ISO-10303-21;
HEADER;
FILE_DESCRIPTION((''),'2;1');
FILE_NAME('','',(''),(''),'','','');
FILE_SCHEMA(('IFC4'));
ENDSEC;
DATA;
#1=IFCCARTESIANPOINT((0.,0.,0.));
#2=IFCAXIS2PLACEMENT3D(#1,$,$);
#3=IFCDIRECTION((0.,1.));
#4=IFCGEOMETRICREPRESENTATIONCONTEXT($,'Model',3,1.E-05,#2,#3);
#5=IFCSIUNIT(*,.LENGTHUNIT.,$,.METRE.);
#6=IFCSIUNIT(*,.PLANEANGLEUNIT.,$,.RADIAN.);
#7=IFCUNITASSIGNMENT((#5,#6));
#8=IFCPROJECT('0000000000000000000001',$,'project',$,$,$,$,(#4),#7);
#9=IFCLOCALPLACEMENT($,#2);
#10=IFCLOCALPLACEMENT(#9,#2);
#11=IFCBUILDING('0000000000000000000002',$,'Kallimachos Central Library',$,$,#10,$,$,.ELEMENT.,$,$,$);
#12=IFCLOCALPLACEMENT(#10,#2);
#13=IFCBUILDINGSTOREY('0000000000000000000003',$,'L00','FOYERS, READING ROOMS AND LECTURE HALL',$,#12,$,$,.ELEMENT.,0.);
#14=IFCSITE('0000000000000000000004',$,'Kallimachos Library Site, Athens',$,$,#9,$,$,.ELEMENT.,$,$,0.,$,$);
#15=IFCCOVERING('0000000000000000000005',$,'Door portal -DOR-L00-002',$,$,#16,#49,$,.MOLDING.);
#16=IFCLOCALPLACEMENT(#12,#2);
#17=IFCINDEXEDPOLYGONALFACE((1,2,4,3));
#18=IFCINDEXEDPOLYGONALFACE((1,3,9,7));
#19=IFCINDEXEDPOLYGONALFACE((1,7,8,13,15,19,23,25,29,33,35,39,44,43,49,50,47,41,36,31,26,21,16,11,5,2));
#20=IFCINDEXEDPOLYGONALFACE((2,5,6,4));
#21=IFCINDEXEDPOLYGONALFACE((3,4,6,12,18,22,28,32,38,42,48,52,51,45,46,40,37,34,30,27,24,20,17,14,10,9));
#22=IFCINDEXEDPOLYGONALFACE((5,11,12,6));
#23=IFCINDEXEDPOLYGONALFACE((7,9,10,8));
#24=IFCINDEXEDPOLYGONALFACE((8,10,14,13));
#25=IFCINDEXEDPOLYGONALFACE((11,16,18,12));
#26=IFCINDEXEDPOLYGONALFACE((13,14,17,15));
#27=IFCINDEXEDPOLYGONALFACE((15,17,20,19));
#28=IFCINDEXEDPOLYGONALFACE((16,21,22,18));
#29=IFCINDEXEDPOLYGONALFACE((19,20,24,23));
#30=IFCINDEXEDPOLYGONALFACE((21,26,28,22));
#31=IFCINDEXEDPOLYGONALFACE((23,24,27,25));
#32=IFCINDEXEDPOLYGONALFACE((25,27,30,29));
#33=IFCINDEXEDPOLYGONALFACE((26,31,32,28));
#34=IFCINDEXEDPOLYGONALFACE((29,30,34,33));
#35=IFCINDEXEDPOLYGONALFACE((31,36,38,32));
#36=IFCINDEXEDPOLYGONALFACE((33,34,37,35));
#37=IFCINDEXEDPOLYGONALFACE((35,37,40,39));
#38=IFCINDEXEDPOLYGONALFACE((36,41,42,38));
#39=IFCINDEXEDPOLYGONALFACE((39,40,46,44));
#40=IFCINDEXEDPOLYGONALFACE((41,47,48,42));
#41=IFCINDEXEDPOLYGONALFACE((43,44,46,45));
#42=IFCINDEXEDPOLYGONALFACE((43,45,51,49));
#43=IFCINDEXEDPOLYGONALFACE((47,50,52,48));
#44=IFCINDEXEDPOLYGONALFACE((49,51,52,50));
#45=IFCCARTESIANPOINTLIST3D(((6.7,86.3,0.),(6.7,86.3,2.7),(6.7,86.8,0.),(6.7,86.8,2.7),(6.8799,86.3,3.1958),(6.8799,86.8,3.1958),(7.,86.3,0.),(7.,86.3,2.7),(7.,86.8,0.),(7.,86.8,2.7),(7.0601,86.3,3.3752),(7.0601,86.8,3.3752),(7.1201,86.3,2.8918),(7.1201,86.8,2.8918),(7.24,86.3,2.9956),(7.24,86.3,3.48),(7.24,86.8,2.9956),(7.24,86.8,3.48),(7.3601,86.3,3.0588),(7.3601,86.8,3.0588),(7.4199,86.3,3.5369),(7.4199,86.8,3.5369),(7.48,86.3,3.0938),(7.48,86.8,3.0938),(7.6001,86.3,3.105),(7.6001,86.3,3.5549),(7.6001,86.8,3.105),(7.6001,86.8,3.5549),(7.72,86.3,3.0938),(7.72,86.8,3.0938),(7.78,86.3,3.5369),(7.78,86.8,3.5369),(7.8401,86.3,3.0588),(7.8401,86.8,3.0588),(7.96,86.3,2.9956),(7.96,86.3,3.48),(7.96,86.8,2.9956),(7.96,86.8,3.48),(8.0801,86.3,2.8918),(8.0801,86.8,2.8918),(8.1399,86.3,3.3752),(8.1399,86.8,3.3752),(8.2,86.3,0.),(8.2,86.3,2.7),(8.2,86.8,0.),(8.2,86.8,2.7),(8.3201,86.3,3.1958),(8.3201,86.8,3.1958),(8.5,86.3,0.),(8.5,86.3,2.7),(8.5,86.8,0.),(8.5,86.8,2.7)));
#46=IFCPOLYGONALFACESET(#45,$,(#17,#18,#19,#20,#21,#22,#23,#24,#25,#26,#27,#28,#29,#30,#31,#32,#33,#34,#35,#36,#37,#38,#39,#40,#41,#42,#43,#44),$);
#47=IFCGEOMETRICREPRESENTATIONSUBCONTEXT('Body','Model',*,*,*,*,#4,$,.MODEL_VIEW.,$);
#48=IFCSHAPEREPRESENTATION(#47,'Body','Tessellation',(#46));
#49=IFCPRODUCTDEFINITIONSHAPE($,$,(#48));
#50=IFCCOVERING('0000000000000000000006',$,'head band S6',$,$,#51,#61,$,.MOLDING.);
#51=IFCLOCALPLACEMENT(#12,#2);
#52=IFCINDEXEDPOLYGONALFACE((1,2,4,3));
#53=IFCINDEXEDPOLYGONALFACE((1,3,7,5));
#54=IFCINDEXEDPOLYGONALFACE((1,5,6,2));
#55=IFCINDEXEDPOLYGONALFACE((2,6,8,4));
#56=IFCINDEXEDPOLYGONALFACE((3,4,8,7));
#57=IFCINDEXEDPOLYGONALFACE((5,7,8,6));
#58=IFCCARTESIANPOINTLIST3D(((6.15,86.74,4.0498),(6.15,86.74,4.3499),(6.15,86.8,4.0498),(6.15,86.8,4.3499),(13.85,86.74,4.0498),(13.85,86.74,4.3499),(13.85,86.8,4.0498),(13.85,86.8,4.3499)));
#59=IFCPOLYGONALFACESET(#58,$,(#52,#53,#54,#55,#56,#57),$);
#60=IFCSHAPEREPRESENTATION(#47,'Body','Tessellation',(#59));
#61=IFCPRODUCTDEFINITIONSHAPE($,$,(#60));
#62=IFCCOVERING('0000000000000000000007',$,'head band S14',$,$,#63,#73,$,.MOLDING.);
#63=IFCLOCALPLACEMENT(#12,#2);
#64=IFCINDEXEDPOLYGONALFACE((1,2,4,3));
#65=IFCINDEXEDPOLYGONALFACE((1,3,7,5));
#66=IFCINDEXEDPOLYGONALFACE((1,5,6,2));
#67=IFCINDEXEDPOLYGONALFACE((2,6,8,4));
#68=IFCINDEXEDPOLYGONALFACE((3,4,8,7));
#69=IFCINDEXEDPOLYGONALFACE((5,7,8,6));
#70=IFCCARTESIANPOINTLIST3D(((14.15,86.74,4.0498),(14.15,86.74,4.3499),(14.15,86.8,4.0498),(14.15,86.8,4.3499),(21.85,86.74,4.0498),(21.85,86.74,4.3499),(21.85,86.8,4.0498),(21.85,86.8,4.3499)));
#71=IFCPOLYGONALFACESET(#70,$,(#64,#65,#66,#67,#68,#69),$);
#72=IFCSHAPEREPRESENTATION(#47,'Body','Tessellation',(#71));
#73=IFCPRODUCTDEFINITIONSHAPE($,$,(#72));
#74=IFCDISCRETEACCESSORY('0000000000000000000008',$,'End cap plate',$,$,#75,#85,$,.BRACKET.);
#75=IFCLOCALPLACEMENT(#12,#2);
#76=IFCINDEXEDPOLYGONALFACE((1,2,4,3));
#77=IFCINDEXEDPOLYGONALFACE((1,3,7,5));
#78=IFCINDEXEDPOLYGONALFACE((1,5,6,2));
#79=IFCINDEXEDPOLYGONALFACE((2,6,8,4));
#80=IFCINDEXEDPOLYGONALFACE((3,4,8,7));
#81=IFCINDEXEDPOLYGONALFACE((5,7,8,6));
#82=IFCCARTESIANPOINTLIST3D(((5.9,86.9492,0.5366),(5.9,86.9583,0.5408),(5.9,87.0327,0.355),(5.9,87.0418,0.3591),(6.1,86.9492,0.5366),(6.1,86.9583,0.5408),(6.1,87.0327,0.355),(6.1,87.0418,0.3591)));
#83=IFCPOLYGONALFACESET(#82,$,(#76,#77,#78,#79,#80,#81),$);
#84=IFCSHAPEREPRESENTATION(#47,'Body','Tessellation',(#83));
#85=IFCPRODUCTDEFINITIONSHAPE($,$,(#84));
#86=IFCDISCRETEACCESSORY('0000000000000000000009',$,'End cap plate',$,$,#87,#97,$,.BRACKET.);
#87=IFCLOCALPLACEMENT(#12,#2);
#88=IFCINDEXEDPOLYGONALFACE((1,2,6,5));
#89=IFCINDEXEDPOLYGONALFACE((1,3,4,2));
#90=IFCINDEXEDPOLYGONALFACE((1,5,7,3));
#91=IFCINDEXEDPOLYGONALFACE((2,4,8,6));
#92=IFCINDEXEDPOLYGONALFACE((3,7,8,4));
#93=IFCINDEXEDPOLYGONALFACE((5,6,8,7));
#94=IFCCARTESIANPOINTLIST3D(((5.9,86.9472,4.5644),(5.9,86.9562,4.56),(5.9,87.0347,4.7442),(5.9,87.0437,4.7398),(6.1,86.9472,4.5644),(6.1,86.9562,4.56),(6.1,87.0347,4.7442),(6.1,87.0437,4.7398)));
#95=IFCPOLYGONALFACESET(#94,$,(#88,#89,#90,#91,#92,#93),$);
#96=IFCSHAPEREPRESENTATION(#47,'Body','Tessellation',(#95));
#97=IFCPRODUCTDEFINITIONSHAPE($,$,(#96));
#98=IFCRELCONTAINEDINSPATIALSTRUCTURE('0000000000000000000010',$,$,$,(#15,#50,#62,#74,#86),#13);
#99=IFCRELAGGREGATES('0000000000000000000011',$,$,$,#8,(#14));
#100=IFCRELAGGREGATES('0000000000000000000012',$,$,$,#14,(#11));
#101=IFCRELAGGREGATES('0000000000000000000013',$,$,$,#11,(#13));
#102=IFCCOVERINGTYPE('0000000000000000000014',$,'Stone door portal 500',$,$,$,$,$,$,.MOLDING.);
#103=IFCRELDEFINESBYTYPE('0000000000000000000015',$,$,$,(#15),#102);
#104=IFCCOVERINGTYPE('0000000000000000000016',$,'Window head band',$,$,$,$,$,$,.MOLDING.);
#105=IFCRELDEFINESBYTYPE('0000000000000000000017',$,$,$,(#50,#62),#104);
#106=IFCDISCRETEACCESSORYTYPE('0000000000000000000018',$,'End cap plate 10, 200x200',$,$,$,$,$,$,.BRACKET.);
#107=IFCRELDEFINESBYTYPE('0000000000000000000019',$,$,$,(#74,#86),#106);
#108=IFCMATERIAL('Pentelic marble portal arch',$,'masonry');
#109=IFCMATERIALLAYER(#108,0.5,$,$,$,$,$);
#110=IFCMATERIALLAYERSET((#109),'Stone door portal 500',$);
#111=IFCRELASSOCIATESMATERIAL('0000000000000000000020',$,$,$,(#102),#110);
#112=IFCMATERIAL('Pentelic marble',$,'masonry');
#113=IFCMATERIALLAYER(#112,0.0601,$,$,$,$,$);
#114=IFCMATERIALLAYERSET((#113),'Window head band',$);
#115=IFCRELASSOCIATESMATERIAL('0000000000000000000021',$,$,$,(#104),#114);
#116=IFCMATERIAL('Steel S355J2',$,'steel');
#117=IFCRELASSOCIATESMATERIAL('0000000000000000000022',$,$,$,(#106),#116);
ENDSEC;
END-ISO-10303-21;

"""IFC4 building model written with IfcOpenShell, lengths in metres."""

from ifc_helpers import new_model, si_unit, direction, frame, origin, origin_2d, place, context, subcontext, project, spatial, polyline, rectangle, outline, extrude, material, layer, layer_set, material_profile, profile_set, type_object, element, save


model = new_model("IFC4")

# Units and contexts
model_context = context("Model", 3, precision=1e-05, world=origin(), true_north=direction((0.0, 1.0)))
body_context = subcontext(model_context, "Body", "Model", "MODEL_VIEW")
ifc_project = project(units=[si_unit("LENGTHUNIT", "METRE"), si_unit("PLANEANGLEUNIT", "RADIAN")], contexts=[model_context])

# Site, building, storey
site_placement = place(None, origin())
site = spatial("IfcSite", under=ifc_project, at=site_placement, Name="Kallimachos Library Site, Athens", CompositionType="ELEMENT", RefElevation=0.0)
building_placement = place(site_placement, origin())
building = spatial("IfcBuilding", under=site, at=building_placement, Name="Kallimachos Central Library", CompositionType="ELEMENT")
storey_placement = place(building_placement, origin())
storey = spatial("IfcBuildingStorey", under=building, at=storey_placement, Name="L00", Description="FOYERS, READING ROOMS AND LECTURE HALL", CompositionType="ELEMENT", Elevation=0.0)

# Coverings
ifc_material_1 = material(Name="Pentelic marble portal arch", Category="masonry")
ifc_layer_1 = layer(ifc_material_1, 0.5)
ifc_layer_set_1 = layer_set([ifc_layer_1], Name="Stone door portal 500")
covering_type_1 = type_object("IfcCoveringType", Name="Stone door portal 500", PredefinedType="MOLDING", material=ifc_layer_set_1)
covering_1_placement = place(storey_placement, frame((7.0, 86.3, 0.0), z_axis=(0.0, -1.0, 0.0), x_axis=(0.0, 0.0, 1.0)))
element("IfcCovering", 1, at=covering_1_placement, inside=storey, type_object=covering_type_1, Name="Door portal -DOR-L00-002", PredefinedType="MOLDING", context=body_context, shape_type="SweptSolid", body=[
    extrude(outline(polyline([(0.0, 0.0), (2.7, 0.0), (2.8918, -0.1201), (2.9956, -0.24), (3.0588, -0.3601), (3.0938, -0.48), (3.105, -0.6001), (3.0938, -0.72), (3.0588, -0.8401), (2.9956, -0.96), (2.8918, -1.0801), (2.7, -1.2), (0.0, -1.2), (0.0, -1.5), (2.7, -1.5), (3.1958, -1.3201), (3.3752, -1.1399), (3.48, -0.96), (3.5369, -0.78), (3.5549, -0.6001), (3.5369, -0.4199), (3.48, -0.24), (3.3752, -0.0601), (3.1958, 0.1201), (2.7, 0.3), (0.0, 0.3), (0.0, 0.0)])), origin(), (0.0, 0.0, -1.0), 0.5),
])
ifc_material_2 = material(Name="Pentelic marble", Category="masonry")
ifc_layer_2 = layer(ifc_material_2, 0.0601)
ifc_layer_set_2 = layer_set([ifc_layer_2], Name="Window head band")
covering_type_2 = type_object("IfcCoveringType", Name="Window head band", PredefinedType="MOLDING", material=ifc_layer_set_2)
for number, where, z_axis, x_axis, name in (
    (2, (10.0, 86.77, 4.0498), (0.0, 0.0, 1.0), (1.0, 0.0, 0.0), "head band S6"),
    (3, (18.0, 86.77, 4.0498), (0.0, 0.0, 1.0), (1.0, 0.0, 0.0), "head band S14"),
):
    element("IfcCovering", number, at=place(storey_placement, frame(where, z_axis=z_axis, x_axis=x_axis)), inside=storey, type_object=covering_type_2, Name=name, PredefinedType="MOLDING", context=body_context, shape_type="SweptSolid", body=[
        extrude(rectangle(XDim=7.7, YDim=0.0601, at=origin_2d()), origin(), (0.0, 0.0, 1.0), 0.3),
    ])

# Discrete accessories
ifc_material_3 = material(Name="Steel S355J2", Category="steel")
ifc_material_profile_1 = material_profile(ifc_material_3, rectangle(XDim=0.2, YDim=0.2, at=origin_2d()), Name="End cap plate 10, 200x200")
ifc_profile_set_1 = profile_set([ifc_material_profile_1], Name="Steel S355J2")
discrete_accessory_type = type_object("IfcDiscreteAccessoryType", Name="End cap plate 10, 200x200", PredefinedType="BRACKET", material=ifc_profile_set_1)
for number, where, z_axis, x_axis, name in (
    (4, (6.0, 86.991, 0.4458), (0.0, 0.908677, 0.4175), (-1.0, 0.0, 0.0), "End cap plate"),
    (5, (6.0, 86.991, 4.6543), (0.0, 0.899235, -0.437466), (-1.0, 0.0, 0.0), "End cap plate"),
):
    element("IfcDiscreteAccessory", number, at=place(storey_placement, frame(where, z_axis=z_axis, x_axis=x_axis)), inside=storey, type_object=discrete_accessory_type, Name=name, PredefinedType="BRACKET", context=body_context, shape_type="SweptSolid", body=[
        extrude(rectangle(XDim=0.2, YDim=0.2, at=origin_2d()), origin(), (0.0, 0.0, 1.0), 0.01),
    ])

save(model, "model.ifc")
